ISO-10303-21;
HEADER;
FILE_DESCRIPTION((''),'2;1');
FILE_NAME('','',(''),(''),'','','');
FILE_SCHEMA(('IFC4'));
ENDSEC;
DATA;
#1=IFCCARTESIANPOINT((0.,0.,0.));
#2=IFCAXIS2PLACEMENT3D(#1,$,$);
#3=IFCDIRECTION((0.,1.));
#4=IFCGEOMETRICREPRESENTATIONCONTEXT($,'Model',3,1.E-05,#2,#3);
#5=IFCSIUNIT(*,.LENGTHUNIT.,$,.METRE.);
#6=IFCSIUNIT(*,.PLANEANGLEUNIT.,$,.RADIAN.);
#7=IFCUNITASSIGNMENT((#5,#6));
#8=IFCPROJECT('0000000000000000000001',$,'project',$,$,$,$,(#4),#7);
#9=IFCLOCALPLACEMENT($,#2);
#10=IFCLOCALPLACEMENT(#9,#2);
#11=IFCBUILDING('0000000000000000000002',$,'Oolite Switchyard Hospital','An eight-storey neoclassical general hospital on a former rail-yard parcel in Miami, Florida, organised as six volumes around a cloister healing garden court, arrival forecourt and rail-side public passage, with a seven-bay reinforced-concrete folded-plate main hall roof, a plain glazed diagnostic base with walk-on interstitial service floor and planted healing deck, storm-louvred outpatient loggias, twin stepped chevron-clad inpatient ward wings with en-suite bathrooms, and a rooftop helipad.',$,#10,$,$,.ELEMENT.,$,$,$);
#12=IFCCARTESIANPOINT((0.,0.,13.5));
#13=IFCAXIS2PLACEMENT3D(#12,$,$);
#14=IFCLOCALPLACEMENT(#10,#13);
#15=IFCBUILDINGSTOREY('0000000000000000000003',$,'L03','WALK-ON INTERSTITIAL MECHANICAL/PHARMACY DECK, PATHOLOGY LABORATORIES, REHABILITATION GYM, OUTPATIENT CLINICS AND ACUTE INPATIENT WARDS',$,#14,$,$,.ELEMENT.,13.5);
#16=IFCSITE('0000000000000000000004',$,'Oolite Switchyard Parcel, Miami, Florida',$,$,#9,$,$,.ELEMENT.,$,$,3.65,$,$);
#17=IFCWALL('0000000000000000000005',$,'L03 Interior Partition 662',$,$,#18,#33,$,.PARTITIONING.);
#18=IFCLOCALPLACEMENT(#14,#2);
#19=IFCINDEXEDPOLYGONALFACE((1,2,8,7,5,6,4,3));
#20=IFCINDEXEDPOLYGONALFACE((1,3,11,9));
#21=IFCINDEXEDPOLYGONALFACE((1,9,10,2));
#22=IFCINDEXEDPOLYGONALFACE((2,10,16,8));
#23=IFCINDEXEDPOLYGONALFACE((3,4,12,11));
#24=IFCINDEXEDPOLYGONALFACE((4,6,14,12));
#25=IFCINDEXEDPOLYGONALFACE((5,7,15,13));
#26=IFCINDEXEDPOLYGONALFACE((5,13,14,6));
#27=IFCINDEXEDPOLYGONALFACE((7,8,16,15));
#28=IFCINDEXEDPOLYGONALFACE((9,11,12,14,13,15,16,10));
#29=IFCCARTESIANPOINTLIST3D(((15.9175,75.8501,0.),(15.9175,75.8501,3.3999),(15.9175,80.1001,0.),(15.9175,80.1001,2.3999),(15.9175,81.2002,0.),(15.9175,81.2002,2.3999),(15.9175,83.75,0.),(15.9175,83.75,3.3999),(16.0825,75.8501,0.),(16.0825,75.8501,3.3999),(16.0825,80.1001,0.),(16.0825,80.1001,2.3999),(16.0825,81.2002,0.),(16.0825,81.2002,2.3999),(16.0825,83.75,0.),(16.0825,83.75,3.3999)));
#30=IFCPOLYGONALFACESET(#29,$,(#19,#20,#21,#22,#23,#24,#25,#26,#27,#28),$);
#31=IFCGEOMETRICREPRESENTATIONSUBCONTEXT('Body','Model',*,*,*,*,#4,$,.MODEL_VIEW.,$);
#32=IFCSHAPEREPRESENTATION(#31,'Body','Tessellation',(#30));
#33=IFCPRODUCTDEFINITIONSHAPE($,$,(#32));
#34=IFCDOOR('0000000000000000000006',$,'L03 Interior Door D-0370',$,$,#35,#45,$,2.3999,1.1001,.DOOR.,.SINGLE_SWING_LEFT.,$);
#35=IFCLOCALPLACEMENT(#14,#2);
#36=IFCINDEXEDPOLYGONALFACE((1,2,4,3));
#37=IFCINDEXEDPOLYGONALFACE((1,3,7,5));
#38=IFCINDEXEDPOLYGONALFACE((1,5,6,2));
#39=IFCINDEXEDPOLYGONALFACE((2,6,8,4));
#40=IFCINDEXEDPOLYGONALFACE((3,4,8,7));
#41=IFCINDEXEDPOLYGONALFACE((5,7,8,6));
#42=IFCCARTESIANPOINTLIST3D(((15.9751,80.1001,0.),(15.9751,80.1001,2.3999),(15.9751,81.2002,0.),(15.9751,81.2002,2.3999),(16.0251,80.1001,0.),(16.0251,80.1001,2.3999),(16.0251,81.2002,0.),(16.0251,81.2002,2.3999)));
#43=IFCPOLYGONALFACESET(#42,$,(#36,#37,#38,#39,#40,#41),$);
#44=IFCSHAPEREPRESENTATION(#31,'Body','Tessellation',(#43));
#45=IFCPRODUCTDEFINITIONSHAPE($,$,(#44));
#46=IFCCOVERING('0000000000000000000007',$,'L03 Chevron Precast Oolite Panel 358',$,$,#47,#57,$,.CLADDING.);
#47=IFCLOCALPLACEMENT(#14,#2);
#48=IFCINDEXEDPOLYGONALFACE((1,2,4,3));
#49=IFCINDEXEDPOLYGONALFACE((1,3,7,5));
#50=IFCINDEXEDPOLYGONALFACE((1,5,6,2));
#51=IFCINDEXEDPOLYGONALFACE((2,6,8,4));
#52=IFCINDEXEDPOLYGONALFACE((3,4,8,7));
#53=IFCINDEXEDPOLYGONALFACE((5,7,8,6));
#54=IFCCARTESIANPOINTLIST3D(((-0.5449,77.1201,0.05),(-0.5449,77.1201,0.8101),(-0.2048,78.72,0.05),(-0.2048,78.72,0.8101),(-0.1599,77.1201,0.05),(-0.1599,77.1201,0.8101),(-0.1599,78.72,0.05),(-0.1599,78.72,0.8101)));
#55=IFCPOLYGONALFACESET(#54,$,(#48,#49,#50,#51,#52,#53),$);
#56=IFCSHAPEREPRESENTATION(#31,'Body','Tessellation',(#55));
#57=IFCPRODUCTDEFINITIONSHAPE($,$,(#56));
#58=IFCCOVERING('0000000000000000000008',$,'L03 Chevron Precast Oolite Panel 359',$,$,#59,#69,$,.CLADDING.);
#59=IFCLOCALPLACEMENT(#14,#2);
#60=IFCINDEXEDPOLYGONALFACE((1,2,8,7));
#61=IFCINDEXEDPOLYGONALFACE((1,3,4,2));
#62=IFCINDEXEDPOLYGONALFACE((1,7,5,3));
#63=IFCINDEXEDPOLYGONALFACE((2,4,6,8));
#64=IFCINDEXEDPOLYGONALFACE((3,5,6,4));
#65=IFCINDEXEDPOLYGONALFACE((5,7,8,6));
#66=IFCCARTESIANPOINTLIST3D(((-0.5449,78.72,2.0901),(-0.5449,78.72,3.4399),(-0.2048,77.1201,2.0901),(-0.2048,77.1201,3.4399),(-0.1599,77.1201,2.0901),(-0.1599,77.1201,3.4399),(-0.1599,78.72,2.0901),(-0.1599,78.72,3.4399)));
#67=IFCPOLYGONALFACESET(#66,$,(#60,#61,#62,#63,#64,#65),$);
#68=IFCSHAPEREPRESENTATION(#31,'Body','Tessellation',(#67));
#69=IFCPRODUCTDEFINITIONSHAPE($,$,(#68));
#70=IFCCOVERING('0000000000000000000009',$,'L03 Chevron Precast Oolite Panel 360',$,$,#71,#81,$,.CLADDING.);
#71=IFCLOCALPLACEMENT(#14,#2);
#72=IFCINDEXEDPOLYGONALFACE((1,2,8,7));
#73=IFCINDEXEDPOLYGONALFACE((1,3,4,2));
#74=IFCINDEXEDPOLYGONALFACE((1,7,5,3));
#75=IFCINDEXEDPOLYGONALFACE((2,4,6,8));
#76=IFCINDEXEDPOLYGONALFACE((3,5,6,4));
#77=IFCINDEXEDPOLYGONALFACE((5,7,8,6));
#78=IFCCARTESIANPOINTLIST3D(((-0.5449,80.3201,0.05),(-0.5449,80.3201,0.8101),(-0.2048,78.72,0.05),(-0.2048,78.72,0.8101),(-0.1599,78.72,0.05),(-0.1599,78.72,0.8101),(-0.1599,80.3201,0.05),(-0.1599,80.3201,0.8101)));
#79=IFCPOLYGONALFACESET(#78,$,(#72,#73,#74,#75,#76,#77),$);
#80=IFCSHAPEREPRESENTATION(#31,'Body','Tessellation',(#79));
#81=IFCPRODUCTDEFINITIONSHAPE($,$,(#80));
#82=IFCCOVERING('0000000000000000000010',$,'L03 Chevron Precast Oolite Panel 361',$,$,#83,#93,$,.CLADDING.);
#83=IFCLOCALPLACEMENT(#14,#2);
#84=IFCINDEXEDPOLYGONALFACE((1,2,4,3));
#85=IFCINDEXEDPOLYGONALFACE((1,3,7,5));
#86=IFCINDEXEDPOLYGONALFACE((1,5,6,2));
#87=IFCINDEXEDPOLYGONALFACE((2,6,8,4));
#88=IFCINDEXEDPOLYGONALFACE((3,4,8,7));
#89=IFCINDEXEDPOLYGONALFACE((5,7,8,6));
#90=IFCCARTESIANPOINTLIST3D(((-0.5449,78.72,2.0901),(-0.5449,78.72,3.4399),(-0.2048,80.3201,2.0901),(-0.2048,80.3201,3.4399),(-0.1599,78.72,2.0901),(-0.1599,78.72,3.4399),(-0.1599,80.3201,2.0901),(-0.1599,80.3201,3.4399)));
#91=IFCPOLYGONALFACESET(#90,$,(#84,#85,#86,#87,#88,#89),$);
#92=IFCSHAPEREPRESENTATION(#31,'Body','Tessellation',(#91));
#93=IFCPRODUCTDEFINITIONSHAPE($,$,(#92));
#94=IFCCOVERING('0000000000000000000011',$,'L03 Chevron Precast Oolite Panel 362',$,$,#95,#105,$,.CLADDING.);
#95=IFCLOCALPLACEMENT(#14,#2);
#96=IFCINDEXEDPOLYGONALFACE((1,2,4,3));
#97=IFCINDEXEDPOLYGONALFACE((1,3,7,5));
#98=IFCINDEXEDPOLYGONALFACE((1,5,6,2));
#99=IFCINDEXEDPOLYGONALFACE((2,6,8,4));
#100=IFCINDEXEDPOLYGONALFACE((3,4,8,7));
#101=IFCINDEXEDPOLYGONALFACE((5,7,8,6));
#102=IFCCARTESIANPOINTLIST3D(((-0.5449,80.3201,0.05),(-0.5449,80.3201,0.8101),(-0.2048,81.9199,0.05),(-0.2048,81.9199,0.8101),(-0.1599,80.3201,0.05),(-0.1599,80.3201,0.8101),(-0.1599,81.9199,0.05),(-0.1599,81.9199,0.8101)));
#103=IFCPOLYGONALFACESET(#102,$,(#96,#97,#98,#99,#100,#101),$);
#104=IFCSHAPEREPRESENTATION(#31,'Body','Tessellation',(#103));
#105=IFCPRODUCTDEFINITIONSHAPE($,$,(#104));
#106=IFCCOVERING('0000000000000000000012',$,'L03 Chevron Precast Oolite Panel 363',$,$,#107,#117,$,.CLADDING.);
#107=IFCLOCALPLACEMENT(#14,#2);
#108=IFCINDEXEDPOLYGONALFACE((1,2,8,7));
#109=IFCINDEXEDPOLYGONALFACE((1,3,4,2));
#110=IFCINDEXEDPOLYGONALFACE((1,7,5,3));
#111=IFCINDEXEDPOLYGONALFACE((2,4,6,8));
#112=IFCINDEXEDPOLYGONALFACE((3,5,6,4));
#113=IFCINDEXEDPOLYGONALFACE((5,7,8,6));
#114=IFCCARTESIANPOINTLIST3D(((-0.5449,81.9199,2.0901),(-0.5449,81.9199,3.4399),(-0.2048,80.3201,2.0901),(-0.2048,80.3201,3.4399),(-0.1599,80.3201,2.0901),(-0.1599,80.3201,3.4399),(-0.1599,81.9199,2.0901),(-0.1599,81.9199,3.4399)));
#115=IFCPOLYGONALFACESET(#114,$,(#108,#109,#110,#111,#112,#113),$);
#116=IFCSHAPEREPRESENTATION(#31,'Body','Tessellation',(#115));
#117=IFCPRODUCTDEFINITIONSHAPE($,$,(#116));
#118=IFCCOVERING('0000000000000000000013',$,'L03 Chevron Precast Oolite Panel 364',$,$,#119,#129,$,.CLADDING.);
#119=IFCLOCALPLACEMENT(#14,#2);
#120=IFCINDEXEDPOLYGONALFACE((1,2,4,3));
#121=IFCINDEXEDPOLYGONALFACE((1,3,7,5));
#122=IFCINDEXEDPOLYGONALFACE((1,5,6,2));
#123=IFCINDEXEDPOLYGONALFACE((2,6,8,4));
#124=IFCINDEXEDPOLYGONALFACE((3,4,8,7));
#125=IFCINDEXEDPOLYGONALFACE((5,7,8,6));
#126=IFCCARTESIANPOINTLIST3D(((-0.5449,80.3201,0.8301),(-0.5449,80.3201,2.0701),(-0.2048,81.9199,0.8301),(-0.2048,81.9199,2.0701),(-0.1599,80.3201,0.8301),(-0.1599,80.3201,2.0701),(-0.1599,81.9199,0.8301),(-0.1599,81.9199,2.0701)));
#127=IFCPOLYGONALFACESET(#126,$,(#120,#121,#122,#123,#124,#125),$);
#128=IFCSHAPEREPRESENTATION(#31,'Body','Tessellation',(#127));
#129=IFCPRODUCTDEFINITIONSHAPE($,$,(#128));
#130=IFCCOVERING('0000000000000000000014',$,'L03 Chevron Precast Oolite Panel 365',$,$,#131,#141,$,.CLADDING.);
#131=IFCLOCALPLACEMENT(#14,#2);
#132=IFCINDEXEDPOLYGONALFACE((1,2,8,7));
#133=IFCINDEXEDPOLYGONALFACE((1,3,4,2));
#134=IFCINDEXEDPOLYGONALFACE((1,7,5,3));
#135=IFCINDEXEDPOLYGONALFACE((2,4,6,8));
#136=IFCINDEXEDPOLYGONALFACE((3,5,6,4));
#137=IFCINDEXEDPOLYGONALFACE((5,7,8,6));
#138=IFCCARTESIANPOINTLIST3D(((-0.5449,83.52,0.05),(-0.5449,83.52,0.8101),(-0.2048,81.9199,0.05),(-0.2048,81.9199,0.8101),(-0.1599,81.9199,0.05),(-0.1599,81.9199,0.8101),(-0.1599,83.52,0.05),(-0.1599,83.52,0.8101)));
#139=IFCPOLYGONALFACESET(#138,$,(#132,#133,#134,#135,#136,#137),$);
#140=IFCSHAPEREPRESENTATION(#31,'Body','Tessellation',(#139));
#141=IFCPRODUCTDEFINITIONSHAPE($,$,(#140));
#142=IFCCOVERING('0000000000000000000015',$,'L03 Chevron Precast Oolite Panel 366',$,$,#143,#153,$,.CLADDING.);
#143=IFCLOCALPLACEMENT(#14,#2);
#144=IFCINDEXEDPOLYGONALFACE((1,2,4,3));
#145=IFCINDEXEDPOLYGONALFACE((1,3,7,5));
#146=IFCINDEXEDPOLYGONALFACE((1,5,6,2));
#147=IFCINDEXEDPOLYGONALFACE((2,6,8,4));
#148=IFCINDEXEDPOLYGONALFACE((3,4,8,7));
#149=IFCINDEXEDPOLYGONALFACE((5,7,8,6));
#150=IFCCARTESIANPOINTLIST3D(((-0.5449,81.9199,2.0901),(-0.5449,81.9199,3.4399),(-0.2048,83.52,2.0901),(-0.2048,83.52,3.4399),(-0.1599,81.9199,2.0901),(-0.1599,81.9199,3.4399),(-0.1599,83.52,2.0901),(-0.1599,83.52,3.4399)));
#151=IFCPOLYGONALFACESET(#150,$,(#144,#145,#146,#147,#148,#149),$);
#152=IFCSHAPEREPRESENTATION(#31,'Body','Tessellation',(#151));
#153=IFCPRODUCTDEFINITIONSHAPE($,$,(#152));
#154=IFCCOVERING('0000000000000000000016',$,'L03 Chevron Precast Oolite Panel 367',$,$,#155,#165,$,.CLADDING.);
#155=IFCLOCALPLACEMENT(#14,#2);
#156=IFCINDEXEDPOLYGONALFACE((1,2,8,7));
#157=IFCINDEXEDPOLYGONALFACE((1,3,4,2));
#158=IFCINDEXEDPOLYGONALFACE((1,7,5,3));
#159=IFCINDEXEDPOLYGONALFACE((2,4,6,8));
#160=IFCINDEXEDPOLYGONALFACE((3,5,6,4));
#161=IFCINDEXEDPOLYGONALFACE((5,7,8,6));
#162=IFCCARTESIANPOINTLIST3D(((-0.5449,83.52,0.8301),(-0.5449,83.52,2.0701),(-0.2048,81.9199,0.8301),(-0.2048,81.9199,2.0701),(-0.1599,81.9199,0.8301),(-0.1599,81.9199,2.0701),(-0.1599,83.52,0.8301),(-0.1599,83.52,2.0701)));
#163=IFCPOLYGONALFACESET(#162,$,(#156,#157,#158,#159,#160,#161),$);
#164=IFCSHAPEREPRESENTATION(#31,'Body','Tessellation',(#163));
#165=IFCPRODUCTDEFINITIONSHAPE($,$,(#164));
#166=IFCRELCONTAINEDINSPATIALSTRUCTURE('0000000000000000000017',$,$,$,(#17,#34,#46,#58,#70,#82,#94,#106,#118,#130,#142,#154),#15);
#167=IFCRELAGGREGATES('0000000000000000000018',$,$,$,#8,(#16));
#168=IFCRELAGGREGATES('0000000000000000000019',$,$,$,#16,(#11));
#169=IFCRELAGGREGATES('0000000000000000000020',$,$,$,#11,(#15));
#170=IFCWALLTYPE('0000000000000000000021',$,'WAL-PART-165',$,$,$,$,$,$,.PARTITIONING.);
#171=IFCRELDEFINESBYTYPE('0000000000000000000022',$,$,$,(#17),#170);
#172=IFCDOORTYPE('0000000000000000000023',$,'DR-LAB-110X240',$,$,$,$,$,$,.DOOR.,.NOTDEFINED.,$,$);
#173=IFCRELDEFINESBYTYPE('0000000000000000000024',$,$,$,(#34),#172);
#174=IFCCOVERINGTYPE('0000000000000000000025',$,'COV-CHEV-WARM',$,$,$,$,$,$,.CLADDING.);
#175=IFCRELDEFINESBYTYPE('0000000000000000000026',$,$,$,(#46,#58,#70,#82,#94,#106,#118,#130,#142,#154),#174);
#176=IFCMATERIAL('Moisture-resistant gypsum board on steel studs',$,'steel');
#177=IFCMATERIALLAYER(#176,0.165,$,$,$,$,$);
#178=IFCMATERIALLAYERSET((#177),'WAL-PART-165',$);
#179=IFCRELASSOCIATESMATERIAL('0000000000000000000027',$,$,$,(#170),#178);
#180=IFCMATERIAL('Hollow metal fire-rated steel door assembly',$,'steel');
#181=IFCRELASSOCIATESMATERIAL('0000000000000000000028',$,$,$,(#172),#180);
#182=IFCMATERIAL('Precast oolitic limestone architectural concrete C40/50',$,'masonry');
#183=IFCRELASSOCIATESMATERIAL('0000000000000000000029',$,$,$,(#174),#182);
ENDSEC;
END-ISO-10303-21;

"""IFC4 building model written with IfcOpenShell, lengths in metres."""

from ifc_helpers import new_model, si_unit, direction, frame, frame_2d, origin, place, context, subcontext, project, spatial, polyline, rectangle, outline, extrude, material, layer, layer_set, type_object, element, fill, save


model = new_model("IFC4")

# Units and contexts
model_context = context("Model", 3, precision=1e-05, world=origin(), true_north=direction((0.0, 1.0)))
body_context = subcontext(model_context, "Body", "Model", "MODEL_VIEW")
ifc_project = project(units=[si_unit("LENGTHUNIT", "METRE"), si_unit("PLANEANGLEUNIT", "RADIAN")], contexts=[model_context])

# Site, building, storey
site_placement = place(None, origin())
site = spatial("IfcSite", under=ifc_project, at=site_placement, Name="Oolite Switchyard Parcel, Miami, Florida", CompositionType="ELEMENT", RefElevation=3.65)
building_placement = place(site_placement, origin())
building = spatial("IfcBuilding", under=site, at=building_placement, Name="Oolite Switchyard Hospital", Description="An eight-storey neoclassical general hospital on a former rail-yard parcel in Miami, Florida, organised as six volumes around a cloister healing garden court, arrival forecourt and rail-side public passage, with a seven-bay reinforced-concrete folded-plate main hall roof, a plain glazed diagnostic base with walk-on interstitial service floor and planted healing deck, storm-louvred outpatient loggias, twin stepped chevron-clad inpatient ward wings with en-suite bathrooms, and a rooftop helipad.", CompositionType="ELEMENT")
storey_placement = place(building_placement, frame((0.0, 0.0, 13.5)))
storey = spatial("IfcBuildingStorey", under=building, at=storey_placement, Name="L03", Description="WALK-ON INTERSTITIAL MECHANICAL/PHARMACY DECK, PATHOLOGY LABORATORIES, REHABILITATION GYM, OUTPATIENT CLINICS AND ACUTE INPATIENT WARDS", CompositionType="ELEMENT", Elevation=13.5)

# Shared definitions
ifc_material_1 = material(Name="Moisture-resistant gypsum board on steel studs", Category="steel")

# Wall, opening, door
ifc_layer_1 = layer(ifc_material_1, 0.165)
ifc_layer_set_1 = layer_set([ifc_layer_1], Name="WAL-PART-165")
wall_type_1 = type_object("IfcWallType", Name="WAL-PART-165", PredefinedType="PARTITIONING", material=ifc_layer_set_1)
wall_1_placement = place(storey_placement, frame((16.0, 75.8501, 0.0), z_axis=(0.0, 0.0, 1.0), x_axis=(0.0, 1.0, 0.0)))
wall_1 = element("IfcWall", 1, at=wall_1_placement, inside=storey, type_object=wall_type_1, Name="L03 Interior Partition 662", PredefinedType="PARTITIONING", context=body_context, shape_type="SweptSolid", body=[
    extrude(rectangle(XDim=7.8999, YDim=0.165, at=frame_2d((3.95, 0.0))), origin(), (0.0, 0.0, 1.0), 3.3999),
])
opening_1_placement = place(wall_1_placement, frame((4.25, 0.0, 0.0)))
opening_1 = element("IfcOpeningElement", 2, at=opening_1_placement, cuts=wall_1, PredefinedType="OPENING", context=body_context, shape_type="SweptSolid", body=[
    extrude(rectangle(XDim=1.1001, YDim=2.3999, at=frame_2d((0.55, 1.2))), frame((0.0, 0.0925, 0.0), z_axis=(0.0, -1.0, 0.0), x_axis=(1.0, 0.0, 0.0)), (0.0, 0.0, 1.0), 0.1851),
])
ifc_material_2 = material(Name="Hollow metal fire-rated steel door assembly", Category="steel")
door_type_1 = type_object("IfcDoorType", Name="DR-LAB-110X240", OperationType="NOTDEFINED", PredefinedType="DOOR", material=ifc_material_2)
door_1_placement = place(opening_1_placement, origin())
door_1 = element("IfcDoor", 3, at=door_1_placement, inside=storey, type_object=door_type_1, Name="L03 Interior Door D-0370", OperationType="SINGLE_SWING_LEFT", OverallHeight=2.3999, OverallWidth=1.1001, PredefinedType="DOOR", context=body_context, shape_type="SweptSolid", body=[
    extrude(rectangle(XDim=1.1001, YDim=2.3999, at=frame_2d((0.55, 1.2))), frame((0.0, 0.0249, 0.0), z_axis=(0.0, -1.0, 0.0), x_axis=(1.0, 0.0, 0.0)), (0.0, 0.0, 1.0), 0.05),
])
fill(opening_1, door_1)

# Coverings
ifc_material_3 = material(Name="Precast oolitic limestone architectural concrete C40/50", Category="masonry")
covering_type = type_object("IfcCoveringType", Name="COV-CHEV-WARM", PredefinedType="CLADDING", material=ifc_material_3)
covering_1_placement = place(storey_placement, frame((-0.1599, 77.1201, 0.05), z_axis=(0.0, 0.0, 1.0), x_axis=(0.0, 1.0, 0.0)))
element("IfcCovering", 4, at=covering_1_placement, inside=storey, type_object=covering_type, Name="L03 Chevron Precast Oolite Panel 358", PredefinedType="CLADDING", context=body_context, shape_type="SweptSolid", body=[
    extrude(outline(polyline([(0.0, 0.0), (1.5999, 0.0), (1.5999, 0.0449), (0.0, 0.385), (0.0, 0.0)])), origin(), (0.0, 0.0, 1.0), 0.76),
])
covering_2_placement = place(storey_placement, frame((-0.1599, 77.1201, 2.0901), z_axis=(0.0, 0.0, 1.0), x_axis=(0.0, 1.0, 0.0)))
element("IfcCovering", 5, at=covering_2_placement, inside=storey, type_object=covering_type, Name="L03 Chevron Precast Oolite Panel 359", PredefinedType="CLADDING", context=body_context, shape_type="SweptSolid", body=[
    extrude(outline(polyline([(0.0, 0.0), (1.5999, 0.0), (1.5999, 0.385), (0.0, 0.0449), (0.0, 0.0)])), origin(), (0.0, 0.0, 1.0), 1.3499),
])
covering_3_placement = place(storey_placement, frame((-0.1599, 78.72, 0.05), z_axis=(0.0, 0.0, 1.0), x_axis=(0.0, 1.0, 0.0)))
element("IfcCovering", 6, at=covering_3_placement, inside=storey, type_object=covering_type, Name="L03 Chevron Precast Oolite Panel 360", PredefinedType="CLADDING", context=body_context, shape_type="SweptSolid", body=[
    extrude(outline(polyline([(0.0, 0.0), (1.6001, 0.0), (1.6001, 0.385), (0.0, 0.0449), (0.0, 0.0)])), origin(), (0.0, 0.0, 1.0), 0.76),
])
covering_4_placement = place(storey_placement, frame((-0.1599, 78.72, 2.0901), z_axis=(0.0, 0.0, 1.0), x_axis=(0.0, 1.0, 0.0)))
element("IfcCovering", 7, at=covering_4_placement, inside=storey, type_object=covering_type, Name="L03 Chevron Precast Oolite Panel 361", PredefinedType="CLADDING", context=body_context, shape_type="SweptSolid", body=[
    extrude(outline(polyline([(0.0, 0.0), (1.6001, 0.0), (1.6001, 0.0449), (0.0, 0.385), (0.0, 0.0)])), origin(), (0.0, 0.0, 1.0), 1.3499),
])
covering_5_placement = place(storey_placement, frame((-0.1599, 80.3201, 0.05), z_axis=(0.0, 0.0, 1.0), x_axis=(0.0, 1.0, 0.0)))
element("IfcCovering", 8, at=covering_5_placement, inside=storey, type_object=covering_type, Name="L03 Chevron Precast Oolite Panel 362", PredefinedType="CLADDING", context=body_context, shape_type="SweptSolid", body=[
    extrude(outline(polyline([(0.0, 0.0), (1.5999, 0.0), (1.5999, 0.0449), (0.0, 0.385), (0.0, 0.0)])), origin(), (0.0, 0.0, 1.0), 0.76),
])
covering_6_placement = place(storey_placement, frame((-0.1599, 80.3201, 2.0901), z_axis=(0.0, 0.0, 1.0), x_axis=(0.0, 1.0, 0.0)))
element("IfcCovering", 9, at=covering_6_placement, inside=storey, type_object=covering_type, Name="L03 Chevron Precast Oolite Panel 363", PredefinedType="CLADDING", context=body_context, shape_type="SweptSolid", body=[
    extrude(outline(polyline([(0.0, 0.0), (1.5999, 0.0), (1.5999, 0.385), (0.0, 0.0449), (0.0, 0.0)])), origin(), (0.0, 0.0, 1.0), 1.3499),
])
covering_7_placement = place(storey_placement, frame((-0.1599, 80.3201, 0.8301), z_axis=(0.0, 0.0, 1.0), x_axis=(0.0, 1.0, 0.0)))
element("IfcCovering", 10, at=covering_7_placement, inside=storey, type_object=covering_type, Name="L03 Chevron Precast Oolite Panel 364", PredefinedType="CLADDING", context=body_context, shape_type="SweptSolid", body=[
    extrude(outline(polyline([(0.0, 0.0), (1.5999, 0.0), (1.5999, 0.0449), (0.0, 0.385), (0.0, 0.0)])), origin(), (0.0, 0.0, 1.0), 1.24),
])
covering_8_placement = place(storey_placement, frame((-0.1599, 81.9199, 0.05), z_axis=(0.0, 0.0, 1.0), x_axis=(0.0, 1.0, 0.0)))
element("IfcCovering", 11, at=covering_8_placement, inside=storey, type_object=covering_type, Name="L03 Chevron Precast Oolite Panel 365", PredefinedType="CLADDING", context=body_context, shape_type="SweptSolid", body=[
    extrude(outline(polyline([(0.0, 0.0), (1.6001, 0.0), (1.6001, 0.385), (0.0, 0.0449), (0.0, 0.0)])), origin(), (0.0, 0.0, 1.0), 0.76),
])
covering_9_placement = place(storey_placement, frame((-0.1599, 81.9199, 2.0901), z_axis=(0.0, 0.0, 1.0), x_axis=(0.0, 1.0, 0.0)))
element("IfcCovering", 12, at=covering_9_placement, inside=storey, type_object=covering_type, Name="L03 Chevron Precast Oolite Panel 366", PredefinedType="CLADDING", context=body_context, shape_type="SweptSolid", body=[
    extrude(outline(polyline([(0.0, 0.0), (1.6001, 0.0), (1.6001, 0.0449), (0.0, 0.385), (0.0, 0.0)])), origin(), (0.0, 0.0, 1.0), 1.3499),
])
covering_10_placement = place(storey_placement, frame((-0.1599, 81.9199, 0.8301), z_axis=(0.0, 0.0, 1.0), x_axis=(0.0, 1.0, 0.0)))
element("IfcCovering", 13, at=covering_10_placement, inside=storey, type_object=covering_type, Name="L03 Chevron Precast Oolite Panel 367", PredefinedType="CLADDING", context=body_context, shape_type="SweptSolid", body=[
    extrude(outline(polyline([(0.0, 0.0), (1.6001, 0.0), (1.6001, 0.385), (0.0, 0.0449), (0.0, 0.0)])), origin(), (0.0, 0.0, 1.0), 1.24),
])

save(model, "model.ifc")
